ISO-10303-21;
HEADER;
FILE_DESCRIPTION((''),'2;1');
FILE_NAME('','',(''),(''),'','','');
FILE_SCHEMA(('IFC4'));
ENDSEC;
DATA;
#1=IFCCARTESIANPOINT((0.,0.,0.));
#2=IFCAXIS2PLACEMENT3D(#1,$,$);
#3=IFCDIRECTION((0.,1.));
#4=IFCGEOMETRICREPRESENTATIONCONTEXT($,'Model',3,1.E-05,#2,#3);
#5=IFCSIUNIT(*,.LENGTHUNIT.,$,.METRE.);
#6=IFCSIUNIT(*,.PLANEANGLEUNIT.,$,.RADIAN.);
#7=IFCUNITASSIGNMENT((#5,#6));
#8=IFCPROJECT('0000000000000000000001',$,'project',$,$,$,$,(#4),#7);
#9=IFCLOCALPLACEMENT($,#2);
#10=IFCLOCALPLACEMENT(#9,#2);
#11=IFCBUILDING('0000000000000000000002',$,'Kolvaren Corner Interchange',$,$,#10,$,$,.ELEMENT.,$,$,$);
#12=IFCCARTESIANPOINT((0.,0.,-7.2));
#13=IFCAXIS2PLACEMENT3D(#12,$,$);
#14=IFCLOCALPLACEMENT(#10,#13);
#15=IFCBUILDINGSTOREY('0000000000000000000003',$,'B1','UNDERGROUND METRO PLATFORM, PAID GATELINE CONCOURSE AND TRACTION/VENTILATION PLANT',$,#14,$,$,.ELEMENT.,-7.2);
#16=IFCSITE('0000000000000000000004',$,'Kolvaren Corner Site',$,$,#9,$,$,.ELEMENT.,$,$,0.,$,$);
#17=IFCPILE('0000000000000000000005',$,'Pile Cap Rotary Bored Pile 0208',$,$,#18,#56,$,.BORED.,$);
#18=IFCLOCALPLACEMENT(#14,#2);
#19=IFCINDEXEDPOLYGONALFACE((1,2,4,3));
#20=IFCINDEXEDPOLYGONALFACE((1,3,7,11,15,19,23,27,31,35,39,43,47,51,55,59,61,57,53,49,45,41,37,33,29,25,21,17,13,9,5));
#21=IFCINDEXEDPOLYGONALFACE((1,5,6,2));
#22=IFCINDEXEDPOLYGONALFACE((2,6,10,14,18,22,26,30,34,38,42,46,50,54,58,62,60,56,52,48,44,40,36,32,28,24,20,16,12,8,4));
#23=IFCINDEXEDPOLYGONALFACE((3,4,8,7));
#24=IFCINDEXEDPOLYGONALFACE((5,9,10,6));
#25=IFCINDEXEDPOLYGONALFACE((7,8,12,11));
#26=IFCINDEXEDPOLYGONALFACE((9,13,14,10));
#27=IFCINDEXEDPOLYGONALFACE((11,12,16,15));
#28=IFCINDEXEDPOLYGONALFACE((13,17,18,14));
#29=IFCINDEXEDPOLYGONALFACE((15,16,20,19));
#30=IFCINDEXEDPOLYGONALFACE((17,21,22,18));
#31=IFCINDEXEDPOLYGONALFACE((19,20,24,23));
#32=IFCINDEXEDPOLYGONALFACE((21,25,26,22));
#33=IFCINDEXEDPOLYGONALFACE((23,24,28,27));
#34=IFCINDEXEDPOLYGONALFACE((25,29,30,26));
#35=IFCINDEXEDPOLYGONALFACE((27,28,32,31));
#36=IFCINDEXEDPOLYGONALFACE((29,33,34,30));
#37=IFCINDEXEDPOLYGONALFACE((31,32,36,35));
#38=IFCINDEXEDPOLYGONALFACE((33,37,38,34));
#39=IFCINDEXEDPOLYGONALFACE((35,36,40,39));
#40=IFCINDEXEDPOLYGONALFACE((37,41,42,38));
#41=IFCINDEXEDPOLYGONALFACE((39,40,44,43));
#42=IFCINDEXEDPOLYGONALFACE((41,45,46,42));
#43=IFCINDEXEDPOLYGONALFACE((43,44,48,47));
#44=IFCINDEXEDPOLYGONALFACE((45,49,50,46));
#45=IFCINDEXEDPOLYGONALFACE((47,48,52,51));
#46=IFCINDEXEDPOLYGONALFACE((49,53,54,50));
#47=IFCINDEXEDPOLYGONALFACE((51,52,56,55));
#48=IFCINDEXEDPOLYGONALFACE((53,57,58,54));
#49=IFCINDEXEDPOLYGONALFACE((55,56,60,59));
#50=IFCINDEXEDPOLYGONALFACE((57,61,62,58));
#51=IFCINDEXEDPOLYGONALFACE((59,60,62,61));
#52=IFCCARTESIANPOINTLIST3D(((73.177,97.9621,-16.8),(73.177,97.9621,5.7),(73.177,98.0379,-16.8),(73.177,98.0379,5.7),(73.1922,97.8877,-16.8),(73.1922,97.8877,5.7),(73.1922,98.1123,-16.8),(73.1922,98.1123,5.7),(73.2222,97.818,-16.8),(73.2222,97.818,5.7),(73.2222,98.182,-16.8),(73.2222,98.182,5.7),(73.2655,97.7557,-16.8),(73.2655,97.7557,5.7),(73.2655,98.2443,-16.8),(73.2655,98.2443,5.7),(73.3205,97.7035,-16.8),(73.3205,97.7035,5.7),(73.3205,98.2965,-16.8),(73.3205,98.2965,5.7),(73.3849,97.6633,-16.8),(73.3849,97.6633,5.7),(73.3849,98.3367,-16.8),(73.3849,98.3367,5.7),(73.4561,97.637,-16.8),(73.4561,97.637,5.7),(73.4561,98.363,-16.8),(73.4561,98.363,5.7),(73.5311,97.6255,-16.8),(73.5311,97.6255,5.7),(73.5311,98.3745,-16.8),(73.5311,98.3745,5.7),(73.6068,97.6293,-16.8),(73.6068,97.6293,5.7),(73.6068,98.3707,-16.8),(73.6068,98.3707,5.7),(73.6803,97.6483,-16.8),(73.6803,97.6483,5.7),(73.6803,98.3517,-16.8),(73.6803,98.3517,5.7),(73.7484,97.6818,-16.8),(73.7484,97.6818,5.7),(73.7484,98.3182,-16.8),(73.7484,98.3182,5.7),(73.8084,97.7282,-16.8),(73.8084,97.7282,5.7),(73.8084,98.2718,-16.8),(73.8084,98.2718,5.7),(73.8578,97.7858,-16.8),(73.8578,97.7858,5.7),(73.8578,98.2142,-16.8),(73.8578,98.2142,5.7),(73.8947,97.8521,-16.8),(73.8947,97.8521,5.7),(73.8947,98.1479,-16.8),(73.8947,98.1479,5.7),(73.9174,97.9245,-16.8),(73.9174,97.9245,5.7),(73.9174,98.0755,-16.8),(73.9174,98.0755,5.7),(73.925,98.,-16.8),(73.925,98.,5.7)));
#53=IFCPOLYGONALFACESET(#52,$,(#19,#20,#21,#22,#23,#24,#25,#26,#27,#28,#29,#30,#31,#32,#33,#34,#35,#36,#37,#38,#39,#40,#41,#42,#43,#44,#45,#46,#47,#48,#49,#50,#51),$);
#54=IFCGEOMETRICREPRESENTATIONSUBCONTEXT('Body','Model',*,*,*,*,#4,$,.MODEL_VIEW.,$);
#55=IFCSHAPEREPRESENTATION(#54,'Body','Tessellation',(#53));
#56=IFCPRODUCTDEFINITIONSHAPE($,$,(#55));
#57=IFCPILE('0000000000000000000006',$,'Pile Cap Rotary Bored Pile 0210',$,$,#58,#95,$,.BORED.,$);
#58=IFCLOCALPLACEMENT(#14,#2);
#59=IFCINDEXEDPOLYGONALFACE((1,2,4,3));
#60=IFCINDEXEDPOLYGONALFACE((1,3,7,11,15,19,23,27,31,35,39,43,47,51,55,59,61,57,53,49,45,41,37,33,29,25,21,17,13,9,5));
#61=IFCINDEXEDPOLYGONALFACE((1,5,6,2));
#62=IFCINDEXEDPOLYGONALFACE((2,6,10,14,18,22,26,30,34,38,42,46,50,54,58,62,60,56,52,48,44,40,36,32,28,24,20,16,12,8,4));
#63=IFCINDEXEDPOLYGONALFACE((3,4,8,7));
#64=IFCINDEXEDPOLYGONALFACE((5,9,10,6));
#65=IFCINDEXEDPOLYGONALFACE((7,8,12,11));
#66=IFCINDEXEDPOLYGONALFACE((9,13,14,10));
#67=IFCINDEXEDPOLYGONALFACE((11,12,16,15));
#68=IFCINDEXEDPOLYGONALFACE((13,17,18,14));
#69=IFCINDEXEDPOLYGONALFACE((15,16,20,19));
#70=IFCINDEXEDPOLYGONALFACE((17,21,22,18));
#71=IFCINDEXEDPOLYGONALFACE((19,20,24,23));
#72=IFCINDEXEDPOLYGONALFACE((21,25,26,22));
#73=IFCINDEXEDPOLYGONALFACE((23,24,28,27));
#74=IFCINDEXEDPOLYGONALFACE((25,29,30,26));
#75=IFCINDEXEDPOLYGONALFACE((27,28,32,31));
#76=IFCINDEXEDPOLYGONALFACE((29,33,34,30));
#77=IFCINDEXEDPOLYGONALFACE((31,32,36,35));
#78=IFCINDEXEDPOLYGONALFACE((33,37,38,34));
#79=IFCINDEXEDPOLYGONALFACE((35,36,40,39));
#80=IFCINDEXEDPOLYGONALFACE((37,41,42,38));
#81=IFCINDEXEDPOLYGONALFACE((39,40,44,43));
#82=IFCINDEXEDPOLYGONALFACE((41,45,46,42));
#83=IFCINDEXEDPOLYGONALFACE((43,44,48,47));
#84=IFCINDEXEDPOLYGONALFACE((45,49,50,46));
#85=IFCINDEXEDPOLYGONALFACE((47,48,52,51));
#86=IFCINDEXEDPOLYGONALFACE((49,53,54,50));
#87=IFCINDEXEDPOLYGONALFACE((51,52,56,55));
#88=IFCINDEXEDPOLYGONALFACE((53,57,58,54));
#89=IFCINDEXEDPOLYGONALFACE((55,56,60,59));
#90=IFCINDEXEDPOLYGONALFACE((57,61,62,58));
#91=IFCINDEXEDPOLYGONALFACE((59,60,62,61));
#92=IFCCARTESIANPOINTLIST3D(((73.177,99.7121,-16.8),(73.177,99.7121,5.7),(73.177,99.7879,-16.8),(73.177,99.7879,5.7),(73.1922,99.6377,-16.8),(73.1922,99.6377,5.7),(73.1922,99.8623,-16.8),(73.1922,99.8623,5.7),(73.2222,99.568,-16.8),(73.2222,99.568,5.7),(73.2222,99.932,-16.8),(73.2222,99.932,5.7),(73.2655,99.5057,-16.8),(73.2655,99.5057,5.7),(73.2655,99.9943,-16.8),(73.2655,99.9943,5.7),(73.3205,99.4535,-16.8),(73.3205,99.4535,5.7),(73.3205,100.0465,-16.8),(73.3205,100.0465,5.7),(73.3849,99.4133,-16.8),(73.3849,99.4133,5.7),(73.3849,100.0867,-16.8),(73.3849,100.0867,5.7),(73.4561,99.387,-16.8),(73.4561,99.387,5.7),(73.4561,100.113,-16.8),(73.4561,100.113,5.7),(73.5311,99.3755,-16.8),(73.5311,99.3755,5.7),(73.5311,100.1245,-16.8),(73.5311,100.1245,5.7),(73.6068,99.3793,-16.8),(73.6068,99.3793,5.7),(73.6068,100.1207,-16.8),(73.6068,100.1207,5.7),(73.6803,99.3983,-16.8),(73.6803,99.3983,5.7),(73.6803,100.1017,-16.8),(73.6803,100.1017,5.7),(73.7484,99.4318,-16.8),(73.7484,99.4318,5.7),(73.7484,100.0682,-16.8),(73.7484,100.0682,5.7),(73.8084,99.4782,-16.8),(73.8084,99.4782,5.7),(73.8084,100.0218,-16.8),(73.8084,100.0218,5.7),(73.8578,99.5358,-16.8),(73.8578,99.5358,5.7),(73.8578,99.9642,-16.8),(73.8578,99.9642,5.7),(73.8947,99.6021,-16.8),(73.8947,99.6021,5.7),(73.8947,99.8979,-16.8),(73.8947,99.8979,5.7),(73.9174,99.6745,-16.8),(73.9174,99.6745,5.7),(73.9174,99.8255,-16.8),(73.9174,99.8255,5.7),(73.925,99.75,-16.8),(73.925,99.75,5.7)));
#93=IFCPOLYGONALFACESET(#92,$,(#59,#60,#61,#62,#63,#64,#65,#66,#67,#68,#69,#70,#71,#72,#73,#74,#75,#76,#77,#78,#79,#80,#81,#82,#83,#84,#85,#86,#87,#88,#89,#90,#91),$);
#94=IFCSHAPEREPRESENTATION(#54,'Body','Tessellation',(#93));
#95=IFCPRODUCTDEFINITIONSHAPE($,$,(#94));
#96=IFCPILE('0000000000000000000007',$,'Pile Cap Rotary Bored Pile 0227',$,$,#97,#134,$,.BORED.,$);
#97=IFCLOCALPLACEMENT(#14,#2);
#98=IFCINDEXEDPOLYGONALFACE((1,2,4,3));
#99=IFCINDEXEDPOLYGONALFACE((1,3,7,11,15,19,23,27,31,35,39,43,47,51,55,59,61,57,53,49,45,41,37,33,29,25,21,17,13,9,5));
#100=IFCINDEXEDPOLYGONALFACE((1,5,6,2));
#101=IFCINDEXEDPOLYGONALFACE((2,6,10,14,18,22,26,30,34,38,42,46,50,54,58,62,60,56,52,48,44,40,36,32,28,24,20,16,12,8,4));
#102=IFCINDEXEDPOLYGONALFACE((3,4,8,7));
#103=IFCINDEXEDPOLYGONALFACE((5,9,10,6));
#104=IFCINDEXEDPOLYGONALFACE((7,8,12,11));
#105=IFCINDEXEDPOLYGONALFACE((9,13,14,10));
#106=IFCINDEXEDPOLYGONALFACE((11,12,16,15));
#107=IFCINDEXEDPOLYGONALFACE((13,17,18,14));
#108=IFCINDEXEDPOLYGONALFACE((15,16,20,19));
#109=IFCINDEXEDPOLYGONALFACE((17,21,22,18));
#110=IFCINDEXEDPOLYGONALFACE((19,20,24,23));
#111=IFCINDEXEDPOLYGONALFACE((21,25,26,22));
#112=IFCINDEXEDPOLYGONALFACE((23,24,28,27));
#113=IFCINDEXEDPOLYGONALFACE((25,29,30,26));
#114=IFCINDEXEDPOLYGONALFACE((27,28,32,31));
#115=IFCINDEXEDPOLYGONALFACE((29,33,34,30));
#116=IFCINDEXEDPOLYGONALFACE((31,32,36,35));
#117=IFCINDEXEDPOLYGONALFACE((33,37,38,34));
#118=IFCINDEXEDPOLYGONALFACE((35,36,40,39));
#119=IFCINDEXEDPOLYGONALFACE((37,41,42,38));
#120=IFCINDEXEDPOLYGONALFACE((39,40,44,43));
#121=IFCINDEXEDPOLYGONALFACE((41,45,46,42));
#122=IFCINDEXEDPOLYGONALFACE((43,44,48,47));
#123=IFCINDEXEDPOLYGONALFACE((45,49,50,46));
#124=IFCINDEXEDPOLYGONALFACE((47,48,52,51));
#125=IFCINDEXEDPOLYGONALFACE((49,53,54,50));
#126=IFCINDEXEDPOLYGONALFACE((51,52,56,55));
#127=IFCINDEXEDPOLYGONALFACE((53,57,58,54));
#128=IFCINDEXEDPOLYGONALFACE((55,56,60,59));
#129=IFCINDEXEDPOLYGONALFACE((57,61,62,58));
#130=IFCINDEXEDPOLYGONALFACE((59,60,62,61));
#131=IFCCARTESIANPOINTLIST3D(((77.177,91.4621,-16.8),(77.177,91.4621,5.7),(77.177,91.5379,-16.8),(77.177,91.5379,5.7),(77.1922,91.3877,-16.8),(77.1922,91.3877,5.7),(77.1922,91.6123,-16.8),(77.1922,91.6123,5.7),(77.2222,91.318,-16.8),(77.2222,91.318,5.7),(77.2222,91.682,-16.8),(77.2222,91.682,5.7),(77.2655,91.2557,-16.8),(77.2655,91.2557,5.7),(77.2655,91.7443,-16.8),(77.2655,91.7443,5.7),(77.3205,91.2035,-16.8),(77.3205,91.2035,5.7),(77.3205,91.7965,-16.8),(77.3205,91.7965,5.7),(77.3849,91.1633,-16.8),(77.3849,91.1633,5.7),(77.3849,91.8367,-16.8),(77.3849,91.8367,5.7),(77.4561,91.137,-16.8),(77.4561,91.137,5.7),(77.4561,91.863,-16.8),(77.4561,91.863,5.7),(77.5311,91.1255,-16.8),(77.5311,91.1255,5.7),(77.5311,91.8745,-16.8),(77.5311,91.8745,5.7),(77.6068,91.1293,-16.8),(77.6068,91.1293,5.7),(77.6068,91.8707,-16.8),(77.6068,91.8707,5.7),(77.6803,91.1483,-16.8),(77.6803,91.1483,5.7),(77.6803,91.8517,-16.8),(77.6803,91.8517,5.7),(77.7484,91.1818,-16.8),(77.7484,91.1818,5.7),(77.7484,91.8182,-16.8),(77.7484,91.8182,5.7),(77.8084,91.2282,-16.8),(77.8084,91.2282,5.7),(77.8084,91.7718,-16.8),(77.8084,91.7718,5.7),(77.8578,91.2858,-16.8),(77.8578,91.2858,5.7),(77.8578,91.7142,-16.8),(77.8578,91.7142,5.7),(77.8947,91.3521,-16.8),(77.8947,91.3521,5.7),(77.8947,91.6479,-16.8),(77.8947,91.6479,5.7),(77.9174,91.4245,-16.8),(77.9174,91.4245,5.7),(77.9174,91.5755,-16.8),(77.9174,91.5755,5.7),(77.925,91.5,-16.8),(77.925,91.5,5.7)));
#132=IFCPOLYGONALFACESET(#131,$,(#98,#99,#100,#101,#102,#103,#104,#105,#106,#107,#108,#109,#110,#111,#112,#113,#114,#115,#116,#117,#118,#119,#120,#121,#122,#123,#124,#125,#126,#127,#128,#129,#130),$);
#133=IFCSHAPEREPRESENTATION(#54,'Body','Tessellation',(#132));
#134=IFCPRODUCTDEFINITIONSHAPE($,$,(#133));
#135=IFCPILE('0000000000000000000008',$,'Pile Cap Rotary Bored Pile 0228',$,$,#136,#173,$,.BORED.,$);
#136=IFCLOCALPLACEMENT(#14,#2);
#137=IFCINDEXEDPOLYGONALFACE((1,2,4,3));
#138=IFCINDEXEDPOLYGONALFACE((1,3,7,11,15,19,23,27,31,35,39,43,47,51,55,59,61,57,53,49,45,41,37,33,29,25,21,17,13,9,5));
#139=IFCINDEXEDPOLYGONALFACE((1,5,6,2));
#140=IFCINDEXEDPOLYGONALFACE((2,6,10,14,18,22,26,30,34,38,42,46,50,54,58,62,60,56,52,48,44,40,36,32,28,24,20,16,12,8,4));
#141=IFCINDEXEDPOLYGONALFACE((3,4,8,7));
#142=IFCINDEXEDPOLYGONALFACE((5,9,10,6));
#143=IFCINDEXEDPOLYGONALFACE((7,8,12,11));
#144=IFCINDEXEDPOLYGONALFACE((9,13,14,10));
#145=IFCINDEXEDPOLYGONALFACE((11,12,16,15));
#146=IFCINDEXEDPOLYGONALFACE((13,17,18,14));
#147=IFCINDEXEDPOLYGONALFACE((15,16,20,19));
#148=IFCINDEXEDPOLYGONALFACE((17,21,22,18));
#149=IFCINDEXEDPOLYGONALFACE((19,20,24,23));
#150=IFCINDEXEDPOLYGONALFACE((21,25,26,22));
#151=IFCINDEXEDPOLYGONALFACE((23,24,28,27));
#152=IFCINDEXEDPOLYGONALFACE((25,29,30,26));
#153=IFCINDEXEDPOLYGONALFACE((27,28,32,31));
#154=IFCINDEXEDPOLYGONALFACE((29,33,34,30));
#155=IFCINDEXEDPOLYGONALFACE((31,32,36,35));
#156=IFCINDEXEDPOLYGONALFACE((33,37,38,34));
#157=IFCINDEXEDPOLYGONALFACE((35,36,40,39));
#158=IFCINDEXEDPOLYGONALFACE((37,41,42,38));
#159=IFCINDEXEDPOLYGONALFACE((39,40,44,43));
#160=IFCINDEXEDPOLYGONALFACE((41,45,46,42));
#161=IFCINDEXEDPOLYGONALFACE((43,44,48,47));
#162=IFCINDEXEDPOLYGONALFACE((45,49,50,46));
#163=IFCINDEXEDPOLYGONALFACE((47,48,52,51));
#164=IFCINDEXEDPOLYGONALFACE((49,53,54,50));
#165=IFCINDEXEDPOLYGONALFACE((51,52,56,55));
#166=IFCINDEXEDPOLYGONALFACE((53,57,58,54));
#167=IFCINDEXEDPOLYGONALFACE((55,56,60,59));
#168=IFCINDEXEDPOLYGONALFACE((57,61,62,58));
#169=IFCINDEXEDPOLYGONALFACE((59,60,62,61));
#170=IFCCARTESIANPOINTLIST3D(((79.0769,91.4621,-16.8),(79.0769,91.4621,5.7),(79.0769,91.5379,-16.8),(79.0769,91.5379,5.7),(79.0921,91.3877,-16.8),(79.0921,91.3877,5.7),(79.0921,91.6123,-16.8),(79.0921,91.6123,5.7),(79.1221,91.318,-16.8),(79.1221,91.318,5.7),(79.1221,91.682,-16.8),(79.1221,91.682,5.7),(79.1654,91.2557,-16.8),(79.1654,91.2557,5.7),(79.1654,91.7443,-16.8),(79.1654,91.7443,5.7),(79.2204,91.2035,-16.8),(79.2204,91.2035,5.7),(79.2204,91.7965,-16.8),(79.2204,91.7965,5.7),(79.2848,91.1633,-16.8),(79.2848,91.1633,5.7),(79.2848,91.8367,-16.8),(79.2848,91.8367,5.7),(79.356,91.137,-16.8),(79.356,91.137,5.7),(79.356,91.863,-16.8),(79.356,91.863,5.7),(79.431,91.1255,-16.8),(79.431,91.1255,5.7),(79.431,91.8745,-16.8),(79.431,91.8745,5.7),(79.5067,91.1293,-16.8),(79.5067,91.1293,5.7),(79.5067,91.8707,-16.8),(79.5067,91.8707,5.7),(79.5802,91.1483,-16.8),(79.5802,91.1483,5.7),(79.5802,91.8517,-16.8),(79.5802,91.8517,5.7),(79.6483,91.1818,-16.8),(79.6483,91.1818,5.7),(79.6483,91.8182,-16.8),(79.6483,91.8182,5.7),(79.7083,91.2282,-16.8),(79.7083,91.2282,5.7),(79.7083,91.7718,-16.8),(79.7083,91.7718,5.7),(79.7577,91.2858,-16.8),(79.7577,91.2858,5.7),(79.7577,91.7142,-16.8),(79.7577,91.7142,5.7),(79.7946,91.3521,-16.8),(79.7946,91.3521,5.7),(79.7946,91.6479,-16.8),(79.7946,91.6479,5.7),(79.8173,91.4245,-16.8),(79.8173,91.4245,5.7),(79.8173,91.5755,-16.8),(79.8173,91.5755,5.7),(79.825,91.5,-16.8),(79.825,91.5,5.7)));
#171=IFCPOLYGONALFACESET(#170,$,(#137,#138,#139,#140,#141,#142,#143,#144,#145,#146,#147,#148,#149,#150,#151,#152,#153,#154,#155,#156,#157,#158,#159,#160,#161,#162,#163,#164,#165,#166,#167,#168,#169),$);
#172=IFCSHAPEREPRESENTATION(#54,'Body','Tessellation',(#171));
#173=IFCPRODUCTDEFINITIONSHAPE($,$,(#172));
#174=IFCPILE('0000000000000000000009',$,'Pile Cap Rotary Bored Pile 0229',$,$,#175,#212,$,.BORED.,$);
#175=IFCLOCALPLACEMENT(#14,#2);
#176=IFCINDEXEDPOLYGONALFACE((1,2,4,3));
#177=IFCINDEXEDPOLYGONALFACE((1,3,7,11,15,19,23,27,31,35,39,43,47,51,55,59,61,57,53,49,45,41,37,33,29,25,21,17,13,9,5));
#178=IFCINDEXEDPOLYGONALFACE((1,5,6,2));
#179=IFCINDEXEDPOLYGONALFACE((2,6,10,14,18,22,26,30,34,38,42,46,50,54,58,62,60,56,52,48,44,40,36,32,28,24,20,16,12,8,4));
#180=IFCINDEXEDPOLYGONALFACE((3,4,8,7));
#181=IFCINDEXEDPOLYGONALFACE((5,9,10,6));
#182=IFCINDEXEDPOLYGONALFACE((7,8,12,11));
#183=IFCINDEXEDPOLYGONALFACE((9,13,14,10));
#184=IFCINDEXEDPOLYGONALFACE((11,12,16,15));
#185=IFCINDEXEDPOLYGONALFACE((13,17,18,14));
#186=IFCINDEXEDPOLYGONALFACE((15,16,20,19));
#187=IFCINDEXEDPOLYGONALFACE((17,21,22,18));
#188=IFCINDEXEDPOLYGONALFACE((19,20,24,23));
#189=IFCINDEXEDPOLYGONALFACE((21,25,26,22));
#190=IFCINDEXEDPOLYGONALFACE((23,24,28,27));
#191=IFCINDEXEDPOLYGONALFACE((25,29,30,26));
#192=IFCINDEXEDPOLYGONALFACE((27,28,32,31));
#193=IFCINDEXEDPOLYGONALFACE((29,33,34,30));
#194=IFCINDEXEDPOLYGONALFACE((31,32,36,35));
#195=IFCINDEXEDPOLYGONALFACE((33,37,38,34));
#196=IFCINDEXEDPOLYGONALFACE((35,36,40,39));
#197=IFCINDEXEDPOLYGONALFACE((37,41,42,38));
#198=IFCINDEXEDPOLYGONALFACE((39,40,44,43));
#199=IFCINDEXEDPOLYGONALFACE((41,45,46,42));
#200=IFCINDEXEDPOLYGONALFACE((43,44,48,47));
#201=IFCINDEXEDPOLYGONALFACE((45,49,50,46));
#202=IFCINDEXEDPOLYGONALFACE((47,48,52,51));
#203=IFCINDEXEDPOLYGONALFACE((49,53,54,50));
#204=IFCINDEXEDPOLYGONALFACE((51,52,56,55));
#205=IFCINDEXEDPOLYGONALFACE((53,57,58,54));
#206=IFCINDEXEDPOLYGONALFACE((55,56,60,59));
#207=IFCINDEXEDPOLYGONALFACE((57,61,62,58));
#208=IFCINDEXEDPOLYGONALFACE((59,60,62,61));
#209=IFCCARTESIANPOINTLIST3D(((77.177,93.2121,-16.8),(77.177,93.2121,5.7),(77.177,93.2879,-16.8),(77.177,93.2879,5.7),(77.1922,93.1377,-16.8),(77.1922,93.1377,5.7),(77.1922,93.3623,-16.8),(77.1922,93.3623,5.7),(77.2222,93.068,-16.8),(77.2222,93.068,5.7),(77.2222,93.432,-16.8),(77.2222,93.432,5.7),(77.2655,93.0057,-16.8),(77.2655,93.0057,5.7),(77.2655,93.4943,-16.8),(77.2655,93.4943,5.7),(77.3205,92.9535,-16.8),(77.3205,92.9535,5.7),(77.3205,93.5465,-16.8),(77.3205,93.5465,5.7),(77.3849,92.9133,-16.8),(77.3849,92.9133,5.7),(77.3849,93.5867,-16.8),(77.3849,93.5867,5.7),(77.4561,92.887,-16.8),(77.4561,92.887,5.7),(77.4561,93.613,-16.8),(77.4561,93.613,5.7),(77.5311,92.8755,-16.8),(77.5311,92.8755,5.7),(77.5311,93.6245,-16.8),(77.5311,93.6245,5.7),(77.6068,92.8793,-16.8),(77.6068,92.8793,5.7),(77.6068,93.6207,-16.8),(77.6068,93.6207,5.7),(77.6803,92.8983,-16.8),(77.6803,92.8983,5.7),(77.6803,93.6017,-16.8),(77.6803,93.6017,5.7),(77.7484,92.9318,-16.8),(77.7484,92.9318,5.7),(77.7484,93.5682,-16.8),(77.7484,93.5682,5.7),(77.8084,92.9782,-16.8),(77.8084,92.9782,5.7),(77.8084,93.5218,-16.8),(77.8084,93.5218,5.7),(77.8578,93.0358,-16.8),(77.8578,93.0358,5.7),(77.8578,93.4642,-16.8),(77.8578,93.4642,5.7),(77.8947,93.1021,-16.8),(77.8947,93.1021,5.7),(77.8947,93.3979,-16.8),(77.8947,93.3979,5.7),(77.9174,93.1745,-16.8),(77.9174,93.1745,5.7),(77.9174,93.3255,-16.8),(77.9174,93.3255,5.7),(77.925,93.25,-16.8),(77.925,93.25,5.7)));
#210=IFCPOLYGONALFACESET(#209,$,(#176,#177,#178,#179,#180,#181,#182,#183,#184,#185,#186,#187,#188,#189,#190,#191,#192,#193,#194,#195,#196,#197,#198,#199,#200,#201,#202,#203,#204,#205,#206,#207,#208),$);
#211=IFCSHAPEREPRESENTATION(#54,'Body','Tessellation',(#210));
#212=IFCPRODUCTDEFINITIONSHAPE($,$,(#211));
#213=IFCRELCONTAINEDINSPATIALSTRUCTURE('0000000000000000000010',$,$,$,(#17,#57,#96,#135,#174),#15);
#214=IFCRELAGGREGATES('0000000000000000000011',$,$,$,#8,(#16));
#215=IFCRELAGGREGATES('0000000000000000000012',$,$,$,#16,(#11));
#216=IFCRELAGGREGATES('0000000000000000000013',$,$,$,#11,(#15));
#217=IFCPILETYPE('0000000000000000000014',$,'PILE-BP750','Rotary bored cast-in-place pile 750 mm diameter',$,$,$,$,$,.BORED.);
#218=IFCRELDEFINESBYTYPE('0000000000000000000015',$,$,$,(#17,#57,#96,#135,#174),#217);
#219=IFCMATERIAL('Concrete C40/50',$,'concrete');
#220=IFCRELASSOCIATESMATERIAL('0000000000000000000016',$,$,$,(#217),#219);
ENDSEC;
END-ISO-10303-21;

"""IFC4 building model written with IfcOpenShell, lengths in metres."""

from ifc_helpers import new_model, si_unit, direction, frame, origin, origin_2d, place, context, subcontext, project, spatial, circle, extrude, material, material_profile, profile_set, type_object, element, save


model = new_model("IFC4")

# Units and contexts
model_context = context("Model", 3, precision=1e-05, world=origin(), true_north=direction((0.0, 1.0)))
body_context = subcontext(model_context, "Body", "Model", "MODEL_VIEW")
ifc_project = project(units=[si_unit("LENGTHUNIT", "METRE"), si_unit("PLANEANGLEUNIT", "RADIAN")], contexts=[model_context])

# Site, building, storey
site_placement = place(None, origin())
site = spatial("IfcSite", under=ifc_project, at=site_placement, Name="Kolvaren Corner Site", CompositionType="ELEMENT", RefElevation=0.0)
building_placement = place(site_placement, origin())
building = spatial("IfcBuilding", under=site, at=building_placement, Name="Kolvaren Corner Interchange", CompositionType="ELEMENT")
storey_placement = place(building_placement, frame((0.0, 0.0, -7.2)))
storey = spatial("IfcBuildingStorey", under=building, at=storey_placement, Name="B1", Description="UNDERGROUND METRO PLATFORM, PAID GATELINE CONCOURSE AND TRACTION/VENTILATION PLANT", CompositionType="ELEMENT", Elevation=-7.2)

# Piles
ifc_material_1 = material(Name="Concrete C40/50", Category="concrete")
ifc_material_profile = material_profile(ifc_material_1, circle(Radius=0.375, at=origin_2d()), Name="BORED PILE 750")
ifc_profile_set = profile_set([ifc_material_profile], Name="Concrete C40/50")
pile_type = type_object("IfcPileType", Name="PILE-BP750", Description="Rotary bored cast-in-place pile 750 mm diameter", PredefinedType="BORED", material=ifc_profile_set)
for number, where, z_axis, x_axis, name in (
    (1, (73.55, 98.0, 5.7), (0.0, 0.0, -1.0), (1.0, 0.0, 0.0), "Pile Cap Rotary Bored Pile 0208"),
    (2, (73.55, 99.75, 5.7), (0.0, 0.0, -1.0), (1.0, 0.0, 0.0), "Pile Cap Rotary Bored Pile 0210"),
    (3, (77.55, 91.5, 5.7), (0.0, 0.0, -1.0), (1.0, 0.0, 0.0), "Pile Cap Rotary Bored Pile 0227"),
    (4, (79.45, 91.5, 5.7), (0.0, 0.0, -1.0), (1.0, 0.0, 0.0), "Pile Cap Rotary Bored Pile 0228"),
    (5, (77.55, 93.25, 5.7), (0.0, 0.0, -1.0), (1.0, 0.0, 0.0), "Pile Cap Rotary Bored Pile 0229"),
):
    element("IfcPile", number, at=place(storey_placement, frame(where, z_axis=z_axis, x_axis=x_axis)), inside=storey, type_object=pile_type, Name=name, PredefinedType="BORED", context=body_context, shape_type="SweptSolid", body=[
        extrude(circle(Radius=0.375, at=origin_2d()), origin(), (0.0, 0.0, 1.0), 22.5),
    ])

save(model, "model.ifc")
